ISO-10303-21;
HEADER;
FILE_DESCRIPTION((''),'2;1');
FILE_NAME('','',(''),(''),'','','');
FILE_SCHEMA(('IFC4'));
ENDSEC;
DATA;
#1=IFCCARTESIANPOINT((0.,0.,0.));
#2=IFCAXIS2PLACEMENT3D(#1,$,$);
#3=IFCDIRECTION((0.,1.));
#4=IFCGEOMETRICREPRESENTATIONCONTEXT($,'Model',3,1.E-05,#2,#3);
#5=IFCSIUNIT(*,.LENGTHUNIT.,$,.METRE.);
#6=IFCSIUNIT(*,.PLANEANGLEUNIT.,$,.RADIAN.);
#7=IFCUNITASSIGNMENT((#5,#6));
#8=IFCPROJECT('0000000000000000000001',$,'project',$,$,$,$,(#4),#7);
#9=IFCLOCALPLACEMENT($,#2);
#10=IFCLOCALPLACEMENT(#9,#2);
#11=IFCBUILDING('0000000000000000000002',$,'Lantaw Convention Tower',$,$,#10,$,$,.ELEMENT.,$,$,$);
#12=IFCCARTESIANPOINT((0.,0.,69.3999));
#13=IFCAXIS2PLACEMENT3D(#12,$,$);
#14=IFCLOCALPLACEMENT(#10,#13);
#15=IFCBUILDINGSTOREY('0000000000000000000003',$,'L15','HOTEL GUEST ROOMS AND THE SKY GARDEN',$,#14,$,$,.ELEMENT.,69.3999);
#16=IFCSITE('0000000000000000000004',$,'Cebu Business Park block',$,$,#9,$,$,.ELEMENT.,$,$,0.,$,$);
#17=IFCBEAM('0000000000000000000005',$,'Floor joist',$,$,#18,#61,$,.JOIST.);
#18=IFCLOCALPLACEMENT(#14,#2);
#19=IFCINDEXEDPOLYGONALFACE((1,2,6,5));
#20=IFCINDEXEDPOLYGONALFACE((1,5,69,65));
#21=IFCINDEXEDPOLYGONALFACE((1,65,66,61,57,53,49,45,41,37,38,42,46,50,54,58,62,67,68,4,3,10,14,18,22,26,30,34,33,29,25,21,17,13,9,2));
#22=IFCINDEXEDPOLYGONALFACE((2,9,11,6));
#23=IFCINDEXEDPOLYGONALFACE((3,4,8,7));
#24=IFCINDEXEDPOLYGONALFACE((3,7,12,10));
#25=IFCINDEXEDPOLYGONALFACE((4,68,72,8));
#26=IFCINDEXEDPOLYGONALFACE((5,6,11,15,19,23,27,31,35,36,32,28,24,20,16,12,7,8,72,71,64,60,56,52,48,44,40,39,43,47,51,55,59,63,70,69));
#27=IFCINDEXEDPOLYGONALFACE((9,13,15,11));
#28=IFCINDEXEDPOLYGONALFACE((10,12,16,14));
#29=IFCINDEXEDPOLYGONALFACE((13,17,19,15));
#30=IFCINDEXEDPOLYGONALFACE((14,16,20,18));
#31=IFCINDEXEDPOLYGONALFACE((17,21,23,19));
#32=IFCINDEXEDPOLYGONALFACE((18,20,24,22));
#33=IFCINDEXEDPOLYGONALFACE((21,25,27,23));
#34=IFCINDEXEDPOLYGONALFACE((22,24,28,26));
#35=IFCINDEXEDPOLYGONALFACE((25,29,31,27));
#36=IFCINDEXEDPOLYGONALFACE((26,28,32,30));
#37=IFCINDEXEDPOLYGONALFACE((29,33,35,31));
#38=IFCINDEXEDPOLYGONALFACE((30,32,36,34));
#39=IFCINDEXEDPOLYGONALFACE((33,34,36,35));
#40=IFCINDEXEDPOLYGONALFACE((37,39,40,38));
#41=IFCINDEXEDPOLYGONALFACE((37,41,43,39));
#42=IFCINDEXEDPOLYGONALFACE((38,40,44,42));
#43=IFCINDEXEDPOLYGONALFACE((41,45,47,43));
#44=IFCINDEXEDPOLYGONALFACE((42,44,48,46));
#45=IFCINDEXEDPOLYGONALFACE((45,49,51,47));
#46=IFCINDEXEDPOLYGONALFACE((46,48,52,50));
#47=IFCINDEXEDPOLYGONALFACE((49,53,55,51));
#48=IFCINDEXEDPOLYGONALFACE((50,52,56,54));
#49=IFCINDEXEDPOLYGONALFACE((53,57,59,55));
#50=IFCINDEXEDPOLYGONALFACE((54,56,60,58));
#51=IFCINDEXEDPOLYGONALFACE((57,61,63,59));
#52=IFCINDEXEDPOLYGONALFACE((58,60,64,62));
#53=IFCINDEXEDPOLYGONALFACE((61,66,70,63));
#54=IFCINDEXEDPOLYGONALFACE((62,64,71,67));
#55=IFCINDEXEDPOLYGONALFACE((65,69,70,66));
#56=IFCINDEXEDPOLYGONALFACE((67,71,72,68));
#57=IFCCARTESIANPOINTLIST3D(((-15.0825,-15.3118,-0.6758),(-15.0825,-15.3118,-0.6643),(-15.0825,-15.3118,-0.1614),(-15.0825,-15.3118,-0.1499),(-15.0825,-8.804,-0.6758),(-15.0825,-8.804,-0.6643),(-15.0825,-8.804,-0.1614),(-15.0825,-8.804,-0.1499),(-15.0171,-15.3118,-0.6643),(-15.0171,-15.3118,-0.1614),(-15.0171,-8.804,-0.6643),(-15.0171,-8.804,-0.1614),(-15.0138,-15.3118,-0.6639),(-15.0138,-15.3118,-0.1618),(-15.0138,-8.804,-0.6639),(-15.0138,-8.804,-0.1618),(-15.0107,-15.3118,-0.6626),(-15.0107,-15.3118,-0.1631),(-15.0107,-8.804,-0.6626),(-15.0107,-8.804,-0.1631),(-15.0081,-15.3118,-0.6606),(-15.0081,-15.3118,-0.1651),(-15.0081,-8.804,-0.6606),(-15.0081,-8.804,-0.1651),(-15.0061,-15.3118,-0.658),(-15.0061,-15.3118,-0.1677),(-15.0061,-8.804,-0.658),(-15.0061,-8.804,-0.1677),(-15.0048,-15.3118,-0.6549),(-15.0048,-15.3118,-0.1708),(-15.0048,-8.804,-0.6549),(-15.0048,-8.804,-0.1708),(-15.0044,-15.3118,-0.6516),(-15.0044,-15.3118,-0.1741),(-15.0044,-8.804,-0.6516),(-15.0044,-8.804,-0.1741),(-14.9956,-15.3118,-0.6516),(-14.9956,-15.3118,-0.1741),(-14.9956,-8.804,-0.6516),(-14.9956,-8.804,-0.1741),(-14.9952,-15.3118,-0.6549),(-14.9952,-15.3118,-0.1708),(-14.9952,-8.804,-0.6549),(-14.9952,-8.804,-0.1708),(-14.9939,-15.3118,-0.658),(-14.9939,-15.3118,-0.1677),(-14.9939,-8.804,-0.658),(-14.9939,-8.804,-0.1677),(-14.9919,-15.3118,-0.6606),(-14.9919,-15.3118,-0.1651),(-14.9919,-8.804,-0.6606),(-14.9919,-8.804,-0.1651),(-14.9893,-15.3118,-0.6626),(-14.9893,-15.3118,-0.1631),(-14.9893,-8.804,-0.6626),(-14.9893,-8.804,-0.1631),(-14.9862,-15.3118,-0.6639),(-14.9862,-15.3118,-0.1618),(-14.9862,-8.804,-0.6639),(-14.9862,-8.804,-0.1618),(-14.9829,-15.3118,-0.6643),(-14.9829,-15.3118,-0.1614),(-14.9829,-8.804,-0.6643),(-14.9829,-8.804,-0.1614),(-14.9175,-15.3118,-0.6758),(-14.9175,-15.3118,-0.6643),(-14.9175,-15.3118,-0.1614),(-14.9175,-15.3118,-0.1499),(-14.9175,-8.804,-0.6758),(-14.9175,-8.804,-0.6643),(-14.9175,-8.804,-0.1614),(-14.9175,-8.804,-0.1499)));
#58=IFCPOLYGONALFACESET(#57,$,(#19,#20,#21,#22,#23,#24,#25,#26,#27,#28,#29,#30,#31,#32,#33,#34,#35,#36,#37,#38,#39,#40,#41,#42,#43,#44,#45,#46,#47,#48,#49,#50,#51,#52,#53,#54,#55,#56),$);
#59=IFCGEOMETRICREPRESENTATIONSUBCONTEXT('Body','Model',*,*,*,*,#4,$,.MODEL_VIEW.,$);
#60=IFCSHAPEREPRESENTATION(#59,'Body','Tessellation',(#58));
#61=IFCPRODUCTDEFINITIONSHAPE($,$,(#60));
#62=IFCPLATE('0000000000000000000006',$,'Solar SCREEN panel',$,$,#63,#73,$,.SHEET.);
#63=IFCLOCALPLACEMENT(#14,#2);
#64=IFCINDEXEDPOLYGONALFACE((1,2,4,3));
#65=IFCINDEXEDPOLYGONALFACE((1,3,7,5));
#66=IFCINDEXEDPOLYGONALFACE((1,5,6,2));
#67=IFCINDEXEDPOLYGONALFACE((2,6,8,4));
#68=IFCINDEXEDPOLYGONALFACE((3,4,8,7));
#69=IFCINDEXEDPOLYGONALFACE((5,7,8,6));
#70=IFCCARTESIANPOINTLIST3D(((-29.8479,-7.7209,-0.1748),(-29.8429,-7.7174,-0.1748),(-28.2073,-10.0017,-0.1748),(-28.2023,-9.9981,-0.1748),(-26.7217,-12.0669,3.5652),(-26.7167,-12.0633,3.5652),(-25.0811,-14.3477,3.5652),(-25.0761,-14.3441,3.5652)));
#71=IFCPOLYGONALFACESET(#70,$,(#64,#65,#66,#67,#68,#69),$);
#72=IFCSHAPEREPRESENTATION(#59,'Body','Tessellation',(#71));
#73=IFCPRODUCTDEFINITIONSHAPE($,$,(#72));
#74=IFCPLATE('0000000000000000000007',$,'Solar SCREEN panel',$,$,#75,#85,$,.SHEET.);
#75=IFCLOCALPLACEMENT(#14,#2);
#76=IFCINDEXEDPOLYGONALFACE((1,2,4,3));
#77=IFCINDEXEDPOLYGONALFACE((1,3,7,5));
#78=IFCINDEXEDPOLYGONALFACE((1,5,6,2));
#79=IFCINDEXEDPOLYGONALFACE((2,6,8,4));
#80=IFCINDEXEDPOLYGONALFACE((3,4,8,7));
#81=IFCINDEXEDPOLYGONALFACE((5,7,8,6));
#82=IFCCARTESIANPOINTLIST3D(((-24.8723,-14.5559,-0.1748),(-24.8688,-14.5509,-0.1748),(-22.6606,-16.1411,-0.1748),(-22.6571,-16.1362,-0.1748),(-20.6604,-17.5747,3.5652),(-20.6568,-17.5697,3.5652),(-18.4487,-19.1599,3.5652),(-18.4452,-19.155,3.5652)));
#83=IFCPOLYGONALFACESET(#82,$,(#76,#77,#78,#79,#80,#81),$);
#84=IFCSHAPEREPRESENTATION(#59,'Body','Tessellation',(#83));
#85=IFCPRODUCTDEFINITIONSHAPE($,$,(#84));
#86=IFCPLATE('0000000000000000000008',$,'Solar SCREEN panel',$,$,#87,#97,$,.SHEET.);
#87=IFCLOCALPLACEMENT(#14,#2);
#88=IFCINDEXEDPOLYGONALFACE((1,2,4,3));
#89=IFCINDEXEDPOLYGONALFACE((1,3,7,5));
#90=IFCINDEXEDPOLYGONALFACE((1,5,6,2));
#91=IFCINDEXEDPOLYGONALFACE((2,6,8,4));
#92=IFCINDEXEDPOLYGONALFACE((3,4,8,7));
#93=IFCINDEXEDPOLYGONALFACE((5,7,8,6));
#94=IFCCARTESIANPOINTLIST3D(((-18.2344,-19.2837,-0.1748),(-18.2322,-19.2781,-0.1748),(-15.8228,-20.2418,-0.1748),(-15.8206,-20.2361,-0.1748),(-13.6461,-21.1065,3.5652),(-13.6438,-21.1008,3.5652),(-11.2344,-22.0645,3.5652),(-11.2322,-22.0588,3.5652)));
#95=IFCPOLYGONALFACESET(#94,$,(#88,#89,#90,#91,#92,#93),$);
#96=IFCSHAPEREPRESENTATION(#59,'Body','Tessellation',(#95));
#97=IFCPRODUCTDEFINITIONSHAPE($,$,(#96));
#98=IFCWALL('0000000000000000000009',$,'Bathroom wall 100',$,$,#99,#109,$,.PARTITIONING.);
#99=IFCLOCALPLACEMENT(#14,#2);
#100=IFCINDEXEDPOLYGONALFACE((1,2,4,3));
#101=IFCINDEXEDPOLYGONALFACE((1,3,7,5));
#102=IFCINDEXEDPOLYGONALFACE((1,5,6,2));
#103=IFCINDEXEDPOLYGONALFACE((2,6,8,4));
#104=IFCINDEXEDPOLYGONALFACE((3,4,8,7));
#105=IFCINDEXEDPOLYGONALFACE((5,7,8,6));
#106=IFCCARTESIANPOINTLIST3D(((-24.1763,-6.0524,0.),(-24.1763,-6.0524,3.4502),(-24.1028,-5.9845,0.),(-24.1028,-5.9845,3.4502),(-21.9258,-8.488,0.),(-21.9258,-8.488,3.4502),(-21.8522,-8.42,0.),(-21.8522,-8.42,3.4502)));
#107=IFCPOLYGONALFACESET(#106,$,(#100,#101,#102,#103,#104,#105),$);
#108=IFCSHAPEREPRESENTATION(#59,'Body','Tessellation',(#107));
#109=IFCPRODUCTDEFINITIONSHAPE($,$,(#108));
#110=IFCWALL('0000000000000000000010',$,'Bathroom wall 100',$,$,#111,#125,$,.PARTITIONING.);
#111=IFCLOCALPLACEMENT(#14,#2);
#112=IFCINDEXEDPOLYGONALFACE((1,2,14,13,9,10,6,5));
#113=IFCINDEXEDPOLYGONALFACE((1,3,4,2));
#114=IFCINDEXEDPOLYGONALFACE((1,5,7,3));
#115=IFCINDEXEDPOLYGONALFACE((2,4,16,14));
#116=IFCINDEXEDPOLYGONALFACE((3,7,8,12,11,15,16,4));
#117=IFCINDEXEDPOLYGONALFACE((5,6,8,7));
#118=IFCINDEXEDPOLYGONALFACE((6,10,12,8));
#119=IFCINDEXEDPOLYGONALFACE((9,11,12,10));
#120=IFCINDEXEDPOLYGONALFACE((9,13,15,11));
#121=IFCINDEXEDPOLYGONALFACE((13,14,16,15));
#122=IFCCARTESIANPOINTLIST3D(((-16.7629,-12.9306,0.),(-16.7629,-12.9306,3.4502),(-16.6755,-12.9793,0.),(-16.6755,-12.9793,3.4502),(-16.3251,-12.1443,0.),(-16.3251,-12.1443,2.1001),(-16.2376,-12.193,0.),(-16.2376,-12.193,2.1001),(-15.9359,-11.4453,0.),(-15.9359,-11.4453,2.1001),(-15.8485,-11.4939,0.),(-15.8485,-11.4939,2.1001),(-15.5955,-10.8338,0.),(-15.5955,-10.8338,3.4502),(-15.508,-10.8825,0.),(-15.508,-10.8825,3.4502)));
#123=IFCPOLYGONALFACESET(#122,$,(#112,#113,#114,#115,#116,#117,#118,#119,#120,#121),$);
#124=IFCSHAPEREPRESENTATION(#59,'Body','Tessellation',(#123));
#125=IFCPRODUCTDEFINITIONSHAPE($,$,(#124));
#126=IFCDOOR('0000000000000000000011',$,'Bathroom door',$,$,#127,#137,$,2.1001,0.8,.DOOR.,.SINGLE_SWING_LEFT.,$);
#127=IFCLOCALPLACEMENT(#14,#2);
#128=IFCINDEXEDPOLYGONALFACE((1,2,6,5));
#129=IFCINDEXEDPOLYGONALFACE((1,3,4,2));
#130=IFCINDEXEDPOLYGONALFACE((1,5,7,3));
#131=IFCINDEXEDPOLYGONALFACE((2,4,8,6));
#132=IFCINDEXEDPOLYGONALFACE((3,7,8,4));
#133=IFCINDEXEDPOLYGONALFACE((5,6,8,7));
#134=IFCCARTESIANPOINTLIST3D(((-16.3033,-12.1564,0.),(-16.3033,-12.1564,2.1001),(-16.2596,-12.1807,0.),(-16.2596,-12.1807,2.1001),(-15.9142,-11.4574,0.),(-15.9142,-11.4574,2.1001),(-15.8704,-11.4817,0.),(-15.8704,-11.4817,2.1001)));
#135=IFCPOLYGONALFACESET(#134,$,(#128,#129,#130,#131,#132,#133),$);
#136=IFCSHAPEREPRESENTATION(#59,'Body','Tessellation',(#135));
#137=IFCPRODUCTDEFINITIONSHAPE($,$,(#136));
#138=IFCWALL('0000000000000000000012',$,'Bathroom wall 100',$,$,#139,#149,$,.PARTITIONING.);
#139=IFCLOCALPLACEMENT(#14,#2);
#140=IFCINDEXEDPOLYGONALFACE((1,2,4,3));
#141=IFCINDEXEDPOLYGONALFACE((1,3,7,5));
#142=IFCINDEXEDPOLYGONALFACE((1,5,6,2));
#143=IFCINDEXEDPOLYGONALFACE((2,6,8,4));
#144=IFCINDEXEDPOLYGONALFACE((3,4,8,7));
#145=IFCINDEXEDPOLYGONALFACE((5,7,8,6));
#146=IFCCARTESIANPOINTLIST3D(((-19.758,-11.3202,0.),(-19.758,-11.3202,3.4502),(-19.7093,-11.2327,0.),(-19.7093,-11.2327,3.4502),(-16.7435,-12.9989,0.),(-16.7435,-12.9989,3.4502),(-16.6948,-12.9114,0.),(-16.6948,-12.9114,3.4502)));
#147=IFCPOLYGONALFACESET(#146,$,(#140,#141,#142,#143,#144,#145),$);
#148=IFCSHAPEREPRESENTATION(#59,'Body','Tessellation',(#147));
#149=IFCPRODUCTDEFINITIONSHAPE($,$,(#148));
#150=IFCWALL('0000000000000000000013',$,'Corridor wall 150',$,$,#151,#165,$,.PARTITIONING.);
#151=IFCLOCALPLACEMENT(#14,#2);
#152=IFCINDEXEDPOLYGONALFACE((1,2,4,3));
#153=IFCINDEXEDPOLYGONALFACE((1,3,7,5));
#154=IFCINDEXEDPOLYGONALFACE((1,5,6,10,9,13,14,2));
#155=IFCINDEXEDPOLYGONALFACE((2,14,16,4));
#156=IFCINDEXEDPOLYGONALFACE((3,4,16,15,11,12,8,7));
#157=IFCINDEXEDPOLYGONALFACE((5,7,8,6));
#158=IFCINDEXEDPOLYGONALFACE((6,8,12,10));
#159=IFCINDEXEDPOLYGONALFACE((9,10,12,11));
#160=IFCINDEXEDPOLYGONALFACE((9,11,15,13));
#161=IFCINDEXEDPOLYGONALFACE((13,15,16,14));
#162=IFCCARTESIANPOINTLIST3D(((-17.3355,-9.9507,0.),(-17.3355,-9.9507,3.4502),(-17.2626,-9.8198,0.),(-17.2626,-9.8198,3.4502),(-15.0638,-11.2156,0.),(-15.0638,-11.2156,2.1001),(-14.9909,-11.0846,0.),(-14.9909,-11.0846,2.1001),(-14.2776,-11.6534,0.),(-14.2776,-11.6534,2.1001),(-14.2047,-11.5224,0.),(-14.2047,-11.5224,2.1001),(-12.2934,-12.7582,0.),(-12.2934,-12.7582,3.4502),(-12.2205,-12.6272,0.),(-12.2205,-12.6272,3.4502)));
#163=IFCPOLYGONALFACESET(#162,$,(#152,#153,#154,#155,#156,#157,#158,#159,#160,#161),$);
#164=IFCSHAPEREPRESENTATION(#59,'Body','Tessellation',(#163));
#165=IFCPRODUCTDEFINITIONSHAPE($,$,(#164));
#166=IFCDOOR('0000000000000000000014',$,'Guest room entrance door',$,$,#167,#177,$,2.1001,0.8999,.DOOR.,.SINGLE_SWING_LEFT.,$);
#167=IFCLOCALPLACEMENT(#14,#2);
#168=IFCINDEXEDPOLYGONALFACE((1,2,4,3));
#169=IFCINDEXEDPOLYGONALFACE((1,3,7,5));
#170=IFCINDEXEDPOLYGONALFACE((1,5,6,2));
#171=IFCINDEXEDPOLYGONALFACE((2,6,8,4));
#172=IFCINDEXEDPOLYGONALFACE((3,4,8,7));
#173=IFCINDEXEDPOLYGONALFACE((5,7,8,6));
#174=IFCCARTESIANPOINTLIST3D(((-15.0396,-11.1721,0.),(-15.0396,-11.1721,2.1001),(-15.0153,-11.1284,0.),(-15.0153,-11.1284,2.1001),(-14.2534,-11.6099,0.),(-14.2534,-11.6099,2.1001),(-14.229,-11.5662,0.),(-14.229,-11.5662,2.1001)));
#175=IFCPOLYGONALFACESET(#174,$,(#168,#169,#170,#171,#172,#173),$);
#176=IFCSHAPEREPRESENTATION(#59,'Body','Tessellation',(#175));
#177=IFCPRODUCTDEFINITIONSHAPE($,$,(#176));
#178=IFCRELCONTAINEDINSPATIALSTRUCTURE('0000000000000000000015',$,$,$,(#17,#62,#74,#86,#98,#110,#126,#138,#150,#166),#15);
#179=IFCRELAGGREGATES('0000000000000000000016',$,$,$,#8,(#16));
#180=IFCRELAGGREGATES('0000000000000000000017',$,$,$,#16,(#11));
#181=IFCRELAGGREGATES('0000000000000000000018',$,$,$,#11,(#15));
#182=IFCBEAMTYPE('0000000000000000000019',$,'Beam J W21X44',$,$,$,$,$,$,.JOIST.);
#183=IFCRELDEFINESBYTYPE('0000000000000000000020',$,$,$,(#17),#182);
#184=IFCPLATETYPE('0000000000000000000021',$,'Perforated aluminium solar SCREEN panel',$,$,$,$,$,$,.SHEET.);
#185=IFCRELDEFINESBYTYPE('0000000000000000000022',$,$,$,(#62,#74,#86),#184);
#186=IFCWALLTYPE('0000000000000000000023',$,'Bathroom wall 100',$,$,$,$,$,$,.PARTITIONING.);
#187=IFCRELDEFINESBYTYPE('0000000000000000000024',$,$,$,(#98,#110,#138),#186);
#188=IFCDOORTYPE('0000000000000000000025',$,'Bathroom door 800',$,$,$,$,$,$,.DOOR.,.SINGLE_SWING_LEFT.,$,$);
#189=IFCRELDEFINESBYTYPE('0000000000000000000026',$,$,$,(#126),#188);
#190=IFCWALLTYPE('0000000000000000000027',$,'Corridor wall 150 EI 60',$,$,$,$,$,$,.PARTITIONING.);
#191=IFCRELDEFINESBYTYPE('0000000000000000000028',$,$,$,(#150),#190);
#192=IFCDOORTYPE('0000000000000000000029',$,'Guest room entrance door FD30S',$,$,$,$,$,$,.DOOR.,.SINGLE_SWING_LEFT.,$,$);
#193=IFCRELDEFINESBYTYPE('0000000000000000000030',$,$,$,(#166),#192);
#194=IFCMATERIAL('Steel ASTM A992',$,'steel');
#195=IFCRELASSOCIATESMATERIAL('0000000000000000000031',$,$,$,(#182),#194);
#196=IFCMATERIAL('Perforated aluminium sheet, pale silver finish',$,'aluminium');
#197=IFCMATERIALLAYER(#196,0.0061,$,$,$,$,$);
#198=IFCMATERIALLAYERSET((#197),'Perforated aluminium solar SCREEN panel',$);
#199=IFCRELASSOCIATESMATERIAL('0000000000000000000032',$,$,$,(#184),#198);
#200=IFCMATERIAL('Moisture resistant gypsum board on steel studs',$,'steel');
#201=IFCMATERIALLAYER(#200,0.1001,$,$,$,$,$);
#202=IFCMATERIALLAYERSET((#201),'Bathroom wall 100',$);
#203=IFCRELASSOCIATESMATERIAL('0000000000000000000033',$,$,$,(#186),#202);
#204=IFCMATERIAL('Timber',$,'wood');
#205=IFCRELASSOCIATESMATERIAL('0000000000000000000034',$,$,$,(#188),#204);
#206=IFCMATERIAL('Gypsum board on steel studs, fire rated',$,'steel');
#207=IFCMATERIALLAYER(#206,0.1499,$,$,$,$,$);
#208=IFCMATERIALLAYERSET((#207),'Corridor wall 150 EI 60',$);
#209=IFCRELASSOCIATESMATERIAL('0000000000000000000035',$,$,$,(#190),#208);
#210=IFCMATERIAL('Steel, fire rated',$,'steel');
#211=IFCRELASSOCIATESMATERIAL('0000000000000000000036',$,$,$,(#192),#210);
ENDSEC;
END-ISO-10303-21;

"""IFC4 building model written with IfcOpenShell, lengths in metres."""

from ifc_helpers import new_model, si_unit, direction, frame, frame_2d, origin, origin_2d, place, context, subcontext, project, spatial, polyline, rectangle, i_section, outline, extrude, material, layer, layer_set, material_profile, profile_set, type_object, element, fill, save


model = new_model("IFC4")

# Units and contexts
model_context = context("Model", 3, precision=1e-05, world=origin(), true_north=direction((0.0, 1.0)))
body_context = subcontext(model_context, "Body", "Model", "MODEL_VIEW")
ifc_project = project(units=[si_unit("LENGTHUNIT", "METRE"), si_unit("PLANEANGLEUNIT", "RADIAN")], contexts=[model_context])

# Site, building, storey
site_placement = place(None, origin())
site = spatial("IfcSite", under=ifc_project, at=site_placement, Name="Cebu Business Park block", CompositionType="ELEMENT", RefElevation=0.0)
building_placement = place(site_placement, origin())
building = spatial("IfcBuilding", under=site, at=building_placement, Name="Lantaw Convention Tower", CompositionType="ELEMENT")
storey_placement = place(building_placement, frame((0.0, 0.0, 69.3999)))
storey = spatial("IfcBuildingStorey", under=building, at=storey_placement, Name="L15", Description="HOTEL GUEST ROOMS AND THE SKY GARDEN", CompositionType="ELEMENT", Elevation=69.3999)

# Beam
ifc_material_1 = material(Name="Steel ASTM A992", Category="steel")
ifc_material_profile_1 = material_profile(ifc_material_1, i_section(OverallWidth=0.165, OverallDepth=0.5259, WebThickness=0.0088, FlangeThickness=0.0115, FilletRadius=0.0127, at=origin_2d()), Name="W21X44")
ifc_profile_set_1 = profile_set([ifc_material_profile_1], Name="Steel ASTM A992")
beam_type_1 = type_object("IfcBeamType", Name="Beam J W21X44", PredefinedType="JOIST", material=ifc_profile_set_1)
beam_1_placement = place(storey_placement, frame((-15.0, -15.3118, -0.4128), z_axis=(0.0, 1.0, 0.0), x_axis=(-1.0, 0.0, 0.0)))
element("IfcBeam", 1, at=beam_1_placement, inside=storey, type_object=beam_type_1, Name="Floor joist", PredefinedType="JOIST", context=body_context, shape_type="SweptSolid", body=[
    extrude(i_section(OverallWidth=0.165, OverallDepth=0.5259, WebThickness=0.0088, FlangeThickness=0.0115, FilletRadius=0.0127, at=origin_2d()), origin(), (0.0, 0.0, 1.0), 6.5078),
])

# Plates
ifc_material_2 = material(Name="Perforated aluminium sheet, pale silver finish", Category="aluminium")
ifc_layer_1 = layer(ifc_material_2, 0.0061)
ifc_layer_set_1 = layer_set([ifc_layer_1], Name="Perforated aluminium solar SCREEN panel")
plate_type = type_object("IfcPlateType", Name="Perforated aluminium solar SCREEN panel", PredefinedType="SHEET", material=ifc_layer_set_1)
plate_1_placement = place(storey_placement, frame((-29.8479, -7.7209, -0.1748), z_axis=(-0.811791, -0.583948, 0.000009), x_axis=(0.583948, -0.811791, 0.0)))
element("IfcPlate", 2, at=plate_1_placement, inside=storey, type_object=plate_type, Name="Solar SCREEN panel", PredefinedType="SHEET", context=body_context, shape_type="SweptSolid", body=[
    extrude(outline(polyline([(0.0, 0.0), (2.8095, 0.0), (8.1631, 3.74), (5.3536, 3.74), (0.0, 0.0)])), origin(), (0.0, 0.0, -1.0), 0.0061),
])
plate_2_placement = place(storey_placement, frame((-24.8723, -14.5559, -0.1748), z_axis=(-0.582561, -0.812787, 0.000016), x_axis=(0.812787, -0.582561, 0.0)))
element("IfcPlate", 3, at=plate_2_placement, inside=storey, type_object=plate_type, Name="Solar SCREEN panel", PredefinedType="SHEET", context=body_context, shape_type="SweptSolid", body=[
    extrude(outline(polyline([(0.0, 0.0), (2.7211, 0.0), (7.9031, 3.74), (5.182, 3.74), (0.0, 0.0)])), origin(), (0.0, 0.0, -1.0), 0.0061),
])
plate_3_placement = place(storey_placement, frame((-18.2322, -19.2781, -0.1748), z_axis=(0.369184, 0.929357, 0.000009), x_axis=(0.929357, -0.369184, 0.0)))
element("IfcPlate", 4, at=plate_3_placement, inside=storey, type_object=plate_type, Name="Solar SCREEN panel", PredefinedType="SHEET", context=body_context, shape_type="SweptSolid", body=[
    extrude(outline(polyline([(0.0, 0.0), (2.5949, 0.0), (7.5321, -3.74), (4.9372, -3.74), (0.0, 0.0)])), origin(), (0.0, 0.0, -1.0), 0.0061),
])

# Wall
ifc_material_3 = material(Name="Moisture resistant gypsum board on steel studs", Category="steel")
ifc_layer_2 = layer(ifc_material_3, 0.1001)
ifc_layer_set_2 = layer_set([ifc_layer_2], Name="Bathroom wall 100")
wall_type_1 = type_object("IfcWallType", Name="Bathroom wall 100", PredefinedType="PARTITIONING", material=ifc_layer_set_2)
wall_1_placement = place(storey_placement, frame((-21.8889, -8.4541, 0.0), z_axis=(0.0, 0.0, 1.0), x_axis=(-0.678653, 0.734459, 0.0)))
element("IfcWall", 5, at=wall_1_placement, inside=storey, type_object=wall_type_1, Name="Bathroom wall 100", PredefinedType="PARTITIONING", context=body_context, shape_type="SweptSolid", body=[
    extrude(rectangle(XDim=3.3162, YDim=0.1001, at=frame_2d((1.6582, 0.0))), origin(), (0.0, 0.0, 1.0), 3.4502),
])

# Wall, opening, door
wall_2_placement = place(storey_placement, frame((-15.5518, -10.8582, 0.0), z_axis=(0.0, 0.0, 1.0), x_axis=(-0.486446, -0.873711, 0.0)))
wall_2 = element("IfcWall", 6, at=wall_2_placement, inside=storey, type_object=wall_type_1, Name="Bathroom wall 100", PredefinedType="PARTITIONING", context=body_context, shape_type="SweptSolid", body=[
    extrude(rectangle(XDim=2.3999, YDim=0.1001, at=frame_2d((1.2, 0.0))), origin(), (0.0, 0.0, 1.0), 3.4502),
])
opening_1_placement = place(wall_2_placement, frame((0.7, 0.0, 0.0)))
opening_1 = element("IfcOpeningElement", 7, at=opening_1_placement, cuts=wall_2, PredefinedType="OPENING", context=body_context, shape_type="SweptSolid", body=[
    extrude(rectangle(XDim=0.8, YDim=2.1001, at=frame_2d((0.3999, 1.05))), frame((0.0, 0.0601, 0.0), z_axis=(0.0, -1.0, 0.0), x_axis=(1.0, 0.0, 0.0)), (0.0, 0.0, 1.0), 0.1201),
])
ifc_material_4 = material(Name="Timber", Category="wood")
door_type_1 = type_object("IfcDoorType", Name="Bathroom door 800", OperationType="SINGLE_SWING_LEFT", PredefinedType="DOOR", material=ifc_material_4)
door_1_placement = place(opening_1_placement, origin())
door_1 = element("IfcDoor", 8, at=door_1_placement, inside=storey, type_object=door_type_1, Name="Bathroom door", OperationType="SINGLE_SWING_LEFT", OverallHeight=2.1001, OverallWidth=0.8, PredefinedType="DOOR", context=body_context, shape_type="SweptSolid", body=[
    extrude(rectangle(XDim=0.8, YDim=2.1001, at=frame_2d((0.3999, 1.05))), frame((0.0, 0.0249, 0.0), z_axis=(0.0, -1.0, 0.0), x_axis=(1.0, 0.0, 0.0)), (0.0, 0.0, 1.0), 0.05),
])
fill(opening_1, door_1)

# Wall
wall_3_placement = place(storey_placement, frame((-16.7192, -12.9551, 0.0), z_axis=(0.0, 0.0, 1.0), x_axis=(-0.873676, 0.486508, 0.0)))
element("IfcWall", 9, at=wall_3_placement, inside=storey, type_object=wall_type_1, Name="Bathroom wall 100", PredefinedType="PARTITIONING", context=body_context, shape_type="SweptSolid", body=[
    extrude(rectangle(XDim=3.4504, YDim=0.1001, at=frame_2d((1.7251, 0.0))), origin(), (0.0, 0.0, 1.0), 3.4502),
])

# Wall, opening, door
ifc_material_5 = material(Name="Gypsum board on steel studs, fire rated", Category="steel")
ifc_layer_3 = layer(ifc_material_5, 0.1499)
ifc_layer_set_3 = layer_set([ifc_layer_3], Name="Corridor wall 150 EI 60")
wall_type_2 = type_object("IfcWallType", Name="Corridor wall 150 EI 60", PredefinedType="PARTITIONING", material=ifc_layer_set_3)
wall_4_placement = place(storey_placement, frame((-17.2991, -9.8853, 0.0), z_axis=(0.0, 0.0, 1.0), x_axis=(0.873696, -0.486472, 0.0)))
wall_4 = element("IfcWall", 10, at=wall_4_placement, inside=storey, type_object=wall_type_2, Name="Corridor wall 150", PredefinedType="PARTITIONING", context=body_context, shape_type="SweptSolid", body=[
    extrude(rectangle(XDim=5.771, YDim=0.1499, at=frame_2d((2.8855, 0.0))), origin(), (0.0, 0.0, 1.0), 3.4502),
])
opening_2_placement = place(wall_4_placement, frame((2.6001, 0.0, 0.0)))
opening_2 = element("IfcOpeningElement", 11, at=opening_2_placement, cuts=wall_4, PredefinedType="OPENING", context=body_context, shape_type="SweptSolid", body=[
    extrude(rectangle(XDim=0.8999, YDim=2.1001, at=frame_2d((0.45, 1.05))), frame((0.0, 0.085, 0.0), z_axis=(0.0, -1.0, 0.0), x_axis=(1.0, 0.0, 0.0)), (0.0, 0.0, 1.0), 0.1699),
])
ifc_material_6 = material(Name="Steel, fire rated", Category="steel")
door_type_2 = type_object("IfcDoorType", Name="Guest room entrance door FD30S", OperationType="SINGLE_SWING_LEFT", PredefinedType="DOOR", material=ifc_material_6)
door_2_placement = place(opening_2_placement, origin())
door_2 = element("IfcDoor", 12, at=door_2_placement, inside=storey, type_object=door_type_2, Name="Guest room entrance door", OperationType="SINGLE_SWING_LEFT", OverallHeight=2.1001, OverallWidth=0.8999, PredefinedType="DOOR", context=body_context, shape_type="SweptSolid", body=[
    extrude(rectangle(XDim=0.8999, YDim=2.1001, at=frame_2d((0.45, 1.05))), frame((0.0, 0.0249, 0.0), z_axis=(0.0, -1.0, 0.0), x_axis=(1.0, 0.0, 0.0)), (0.0, 0.0, 1.0), 0.05),
])
fill(opening_2, door_2)

save(model, "model.ifc")
